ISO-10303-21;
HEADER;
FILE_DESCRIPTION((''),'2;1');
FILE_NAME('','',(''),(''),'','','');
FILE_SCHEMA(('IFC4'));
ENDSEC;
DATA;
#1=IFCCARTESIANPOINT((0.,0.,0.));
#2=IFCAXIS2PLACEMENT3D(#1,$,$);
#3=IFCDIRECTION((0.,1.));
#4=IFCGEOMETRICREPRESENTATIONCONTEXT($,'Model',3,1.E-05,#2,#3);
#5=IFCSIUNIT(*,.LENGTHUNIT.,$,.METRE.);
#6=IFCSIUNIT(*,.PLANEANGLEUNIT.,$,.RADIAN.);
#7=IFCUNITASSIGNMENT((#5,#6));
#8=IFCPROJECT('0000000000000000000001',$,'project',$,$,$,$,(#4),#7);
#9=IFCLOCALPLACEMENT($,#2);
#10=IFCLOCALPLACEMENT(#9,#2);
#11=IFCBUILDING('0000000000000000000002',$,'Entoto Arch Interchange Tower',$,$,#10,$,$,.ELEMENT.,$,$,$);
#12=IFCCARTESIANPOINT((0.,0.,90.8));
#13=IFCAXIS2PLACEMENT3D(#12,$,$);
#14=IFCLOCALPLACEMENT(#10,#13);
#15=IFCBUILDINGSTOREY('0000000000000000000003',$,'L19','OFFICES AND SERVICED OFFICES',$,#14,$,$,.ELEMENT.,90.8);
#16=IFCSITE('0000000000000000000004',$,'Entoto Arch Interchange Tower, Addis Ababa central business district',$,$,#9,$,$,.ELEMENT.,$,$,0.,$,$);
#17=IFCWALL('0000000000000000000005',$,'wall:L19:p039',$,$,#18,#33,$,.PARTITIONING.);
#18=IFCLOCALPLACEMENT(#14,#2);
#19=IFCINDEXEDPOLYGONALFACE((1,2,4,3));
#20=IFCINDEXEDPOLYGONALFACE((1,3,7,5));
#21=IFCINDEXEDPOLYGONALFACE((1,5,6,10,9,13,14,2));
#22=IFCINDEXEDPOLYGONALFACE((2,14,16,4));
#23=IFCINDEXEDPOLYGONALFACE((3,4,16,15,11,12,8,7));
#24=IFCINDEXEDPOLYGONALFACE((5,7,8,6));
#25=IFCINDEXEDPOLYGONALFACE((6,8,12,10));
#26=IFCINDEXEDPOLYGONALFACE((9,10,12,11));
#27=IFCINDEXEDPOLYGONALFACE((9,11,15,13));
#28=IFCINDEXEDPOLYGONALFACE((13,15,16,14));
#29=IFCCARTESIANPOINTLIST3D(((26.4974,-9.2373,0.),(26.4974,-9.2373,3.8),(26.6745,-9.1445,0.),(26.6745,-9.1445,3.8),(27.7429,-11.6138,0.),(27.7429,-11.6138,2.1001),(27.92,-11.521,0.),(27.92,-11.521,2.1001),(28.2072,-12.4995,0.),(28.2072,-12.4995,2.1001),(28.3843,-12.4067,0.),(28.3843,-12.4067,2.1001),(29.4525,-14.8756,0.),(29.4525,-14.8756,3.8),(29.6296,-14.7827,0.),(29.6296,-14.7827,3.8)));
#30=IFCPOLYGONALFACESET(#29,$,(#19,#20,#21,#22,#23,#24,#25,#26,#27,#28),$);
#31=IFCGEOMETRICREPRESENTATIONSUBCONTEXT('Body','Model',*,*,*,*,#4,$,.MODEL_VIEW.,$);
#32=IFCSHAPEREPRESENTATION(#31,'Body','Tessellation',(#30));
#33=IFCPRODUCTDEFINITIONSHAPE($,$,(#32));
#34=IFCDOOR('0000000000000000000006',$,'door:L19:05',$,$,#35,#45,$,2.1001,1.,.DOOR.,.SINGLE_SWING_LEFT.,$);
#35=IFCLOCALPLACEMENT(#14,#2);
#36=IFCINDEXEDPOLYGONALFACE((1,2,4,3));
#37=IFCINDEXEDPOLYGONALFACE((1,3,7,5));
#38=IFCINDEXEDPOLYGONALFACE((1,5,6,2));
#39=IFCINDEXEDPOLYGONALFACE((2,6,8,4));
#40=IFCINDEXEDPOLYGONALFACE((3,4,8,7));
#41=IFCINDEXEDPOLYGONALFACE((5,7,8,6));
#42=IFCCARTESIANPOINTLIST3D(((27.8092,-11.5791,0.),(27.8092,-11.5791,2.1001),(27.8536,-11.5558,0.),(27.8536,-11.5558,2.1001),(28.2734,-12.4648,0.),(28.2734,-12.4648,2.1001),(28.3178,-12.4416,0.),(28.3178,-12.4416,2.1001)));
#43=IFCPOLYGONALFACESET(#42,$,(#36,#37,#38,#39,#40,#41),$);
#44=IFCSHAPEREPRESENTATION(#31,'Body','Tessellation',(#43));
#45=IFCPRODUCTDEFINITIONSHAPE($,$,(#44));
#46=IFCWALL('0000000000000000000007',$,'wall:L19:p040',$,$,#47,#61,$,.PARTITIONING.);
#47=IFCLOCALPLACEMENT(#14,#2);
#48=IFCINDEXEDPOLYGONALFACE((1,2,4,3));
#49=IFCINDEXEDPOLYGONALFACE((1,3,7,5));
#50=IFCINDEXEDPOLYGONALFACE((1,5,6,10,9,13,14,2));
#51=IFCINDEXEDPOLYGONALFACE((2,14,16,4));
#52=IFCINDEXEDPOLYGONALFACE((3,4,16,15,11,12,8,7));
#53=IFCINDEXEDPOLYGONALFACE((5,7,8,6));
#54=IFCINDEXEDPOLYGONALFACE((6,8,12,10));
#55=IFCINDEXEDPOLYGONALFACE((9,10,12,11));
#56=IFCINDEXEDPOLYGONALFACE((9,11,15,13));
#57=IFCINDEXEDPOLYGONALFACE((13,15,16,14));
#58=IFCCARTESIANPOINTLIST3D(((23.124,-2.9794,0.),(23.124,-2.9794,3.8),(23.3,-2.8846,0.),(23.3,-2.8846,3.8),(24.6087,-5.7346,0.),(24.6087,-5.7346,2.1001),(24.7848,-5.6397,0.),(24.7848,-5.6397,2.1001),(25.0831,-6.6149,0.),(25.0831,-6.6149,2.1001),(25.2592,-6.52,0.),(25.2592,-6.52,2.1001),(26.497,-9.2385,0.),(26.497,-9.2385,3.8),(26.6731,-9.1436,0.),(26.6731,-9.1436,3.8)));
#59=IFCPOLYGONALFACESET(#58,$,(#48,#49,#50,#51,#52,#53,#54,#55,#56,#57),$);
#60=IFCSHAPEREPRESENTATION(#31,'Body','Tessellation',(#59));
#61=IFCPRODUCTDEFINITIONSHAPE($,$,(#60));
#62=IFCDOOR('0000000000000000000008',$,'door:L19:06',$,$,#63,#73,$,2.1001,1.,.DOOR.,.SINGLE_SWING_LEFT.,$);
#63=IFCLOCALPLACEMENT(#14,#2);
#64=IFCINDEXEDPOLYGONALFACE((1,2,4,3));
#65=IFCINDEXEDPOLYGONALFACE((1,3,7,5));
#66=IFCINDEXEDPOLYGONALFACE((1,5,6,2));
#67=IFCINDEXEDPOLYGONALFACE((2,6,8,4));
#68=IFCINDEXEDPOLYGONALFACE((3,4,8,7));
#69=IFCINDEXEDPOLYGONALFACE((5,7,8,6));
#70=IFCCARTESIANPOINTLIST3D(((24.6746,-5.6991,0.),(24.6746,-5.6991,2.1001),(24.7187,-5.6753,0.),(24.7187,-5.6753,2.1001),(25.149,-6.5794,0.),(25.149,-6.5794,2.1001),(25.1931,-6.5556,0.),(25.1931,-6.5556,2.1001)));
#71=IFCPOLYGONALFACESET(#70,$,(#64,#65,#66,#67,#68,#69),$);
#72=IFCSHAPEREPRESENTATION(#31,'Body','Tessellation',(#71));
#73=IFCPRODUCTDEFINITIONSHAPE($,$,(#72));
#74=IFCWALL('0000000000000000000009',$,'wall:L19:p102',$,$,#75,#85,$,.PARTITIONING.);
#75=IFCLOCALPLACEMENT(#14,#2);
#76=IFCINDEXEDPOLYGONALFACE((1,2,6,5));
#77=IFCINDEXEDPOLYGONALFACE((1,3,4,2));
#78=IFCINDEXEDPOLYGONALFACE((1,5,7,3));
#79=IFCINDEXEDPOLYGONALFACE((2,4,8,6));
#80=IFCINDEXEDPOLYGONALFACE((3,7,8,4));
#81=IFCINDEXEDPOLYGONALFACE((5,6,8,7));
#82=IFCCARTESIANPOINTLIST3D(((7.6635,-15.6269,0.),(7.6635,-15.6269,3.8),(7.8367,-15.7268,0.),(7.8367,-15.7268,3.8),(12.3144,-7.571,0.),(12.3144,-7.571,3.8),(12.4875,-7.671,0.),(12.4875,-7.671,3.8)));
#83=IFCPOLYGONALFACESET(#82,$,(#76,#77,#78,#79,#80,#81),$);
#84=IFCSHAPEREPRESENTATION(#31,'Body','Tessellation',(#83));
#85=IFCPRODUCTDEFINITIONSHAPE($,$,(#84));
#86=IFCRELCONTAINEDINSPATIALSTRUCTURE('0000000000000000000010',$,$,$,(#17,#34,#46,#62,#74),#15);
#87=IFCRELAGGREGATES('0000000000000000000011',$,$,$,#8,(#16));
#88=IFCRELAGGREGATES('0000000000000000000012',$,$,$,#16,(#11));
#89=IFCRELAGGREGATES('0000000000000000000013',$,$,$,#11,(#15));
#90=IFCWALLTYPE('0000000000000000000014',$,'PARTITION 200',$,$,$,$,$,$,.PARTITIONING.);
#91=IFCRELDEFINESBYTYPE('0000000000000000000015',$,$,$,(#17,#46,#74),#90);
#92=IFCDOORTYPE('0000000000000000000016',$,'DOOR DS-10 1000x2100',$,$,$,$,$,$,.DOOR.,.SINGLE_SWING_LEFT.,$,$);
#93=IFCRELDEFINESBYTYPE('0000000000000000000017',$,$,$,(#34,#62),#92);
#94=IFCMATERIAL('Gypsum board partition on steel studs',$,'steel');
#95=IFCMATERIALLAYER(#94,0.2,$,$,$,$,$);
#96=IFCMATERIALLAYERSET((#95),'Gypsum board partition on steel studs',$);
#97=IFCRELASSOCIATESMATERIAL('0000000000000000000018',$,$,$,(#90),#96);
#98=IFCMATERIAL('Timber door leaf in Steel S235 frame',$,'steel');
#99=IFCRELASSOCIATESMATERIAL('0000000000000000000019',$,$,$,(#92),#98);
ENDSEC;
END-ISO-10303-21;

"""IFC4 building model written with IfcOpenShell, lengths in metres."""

from ifc_helpers import new_model, si_unit, direction, frame, frame_2d, origin, place, context, subcontext, project, spatial, rectangle, extrude, material, layer, layer_set, type_object, element, fill, save


model = new_model("IFC4")

# Units and contexts
model_context = context("Model", 3, precision=1e-05, world=origin(), true_north=direction((0.0, 1.0)))
body_context = subcontext(model_context, "Body", "Model", "MODEL_VIEW")
ifc_project = project(units=[si_unit("LENGTHUNIT", "METRE"), si_unit("PLANEANGLEUNIT", "RADIAN")], contexts=[model_context])

# Site, building, storey
site_placement = place(None, origin())
site = spatial("IfcSite", under=ifc_project, at=site_placement, Name="Entoto Arch Interchange Tower, Addis Ababa central business district", CompositionType="ELEMENT", RefElevation=0.0)
building_placement = place(site_placement, origin())
building = spatial("IfcBuilding", under=site, at=building_placement, Name="Entoto Arch Interchange Tower", CompositionType="ELEMENT")
storey_placement = place(building_placement, frame((0.0, 0.0, 90.8)))
storey = spatial("IfcBuildingStorey", under=building, at=storey_placement, Name="L19", Description="OFFICES AND SERVICED OFFICES", CompositionType="ELEMENT", Elevation=90.8)

# Shared definitions
ifc_material_1 = material(Name="Gypsum board partition on steel studs", Category="steel")
ifc_layer_1 = layer(ifc_material_1, 0.2)
ifc_layer_set_1 = layer_set([ifc_layer_1], Name="Gypsum board partition on steel studs")
wall_type_1 = type_object("IfcWallType", Name="PARTITION 200", PredefinedType="PARTITIONING", material=ifc_layer_set_1)

# Shared definitions
ifc_material_2 = material(Name="Timber door leaf in Steel S235 frame", Category="steel")

# Walls, openings, doors
wall_1_placement = place(storey_placement, frame((26.5859, -9.1909, 0.0), z_axis=(0.0, 0.0, 1.0), x_axis=(0.464222, -0.885719, 0.0)))
wall_1 = element("IfcWall", 1, at=wall_1_placement, inside=storey, type_object=wall_type_1, Name="wall:L19:p039", PredefinedType="PARTITIONING", context=body_context, shape_type="SweptSolid", body=[
    extrude(rectangle(XDim=6.3657, YDim=0.2, at=frame_2d((3.1829, 0.0))), origin(), (0.0, 0.0, 1.0), 3.8),
])
opening_1_placement = place(wall_1_placement, frame((2.6831, 0.0, 0.0)))
opening_1 = element("IfcOpeningElement", 2, at=opening_1_placement, cuts=wall_1, PredefinedType="OPENING", context=body_context, shape_type="SweptSolid", body=[
    extrude(rectangle(XDim=1.0, YDim=2.1001, at=frame_2d((0.5, 1.05))), frame((0.0, 0.1099, 0.0), z_axis=(0.0, -1.0, 0.0), x_axis=(1.0, 0.0, 0.0)), (0.0, 0.0, 1.0), 0.22),
])
door_type_1 = type_object("IfcDoorType", Name="DOOR DS-10 1000x2100", OperationType="SINGLE_SWING_LEFT", PredefinedType="DOOR", material=ifc_material_2)
door_1_placement = place(opening_1_placement, origin())
door_1 = element("IfcDoor", 3, at=door_1_placement, inside=storey, type_object=door_type_1, Name="door:L19:05", OperationType="SINGLE_SWING_LEFT", OverallHeight=2.1001, OverallWidth=1.0, PredefinedType="DOOR", context=body_context, shape_type="SweptSolid", body=[
    extrude(rectangle(XDim=1.0, YDim=2.1001, at=frame_2d((0.5, 1.05))), frame((0.0, 0.0249, 0.0), z_axis=(0.0, -1.0, 0.0), x_axis=(1.0, 0.0, 0.0)), (0.0, 0.0, 1.0), 0.05),
])
fill(opening_1, door_1)
wall_2_placement = place(storey_placement, frame((23.2119, -2.9319, 0.0), z_axis=(0.0, 0.0, 1.0), x_axis=(0.474405, -0.880307, 0.0)))
wall_2 = element("IfcWall", 4, at=wall_2_placement, inside=storey, type_object=wall_type_1, Name="wall:L19:p040", PredefinedType="PARTITIONING", context=body_context, shape_type="SweptSolid", body=[
    extrude(rectangle(XDim=7.1101, YDim=0.2, at=frame_2d((3.5552, 0.0))), origin(), (0.0, 0.0, 1.0), 3.8),
])
opening_2_placement = place(wall_2_placement, frame((3.1299, 0.0, 0.0)))
opening_2 = element("IfcOpeningElement", 5, at=opening_2_placement, cuts=wall_2, PredefinedType="OPENING", context=body_context, shape_type="SweptSolid", body=[
    extrude(rectangle(XDim=1.0, YDim=2.1001, at=frame_2d((0.5, 1.05))), frame((0.0, 0.1099, 0.0), z_axis=(0.0, -1.0, 0.0), x_axis=(1.0, 0.0, 0.0)), (0.0, 0.0, 1.0), 0.22),
])
door_2_placement = place(opening_2_placement, origin())
door_2 = element("IfcDoor", 6, at=door_2_placement, inside=storey, type_object=door_type_1, Name="door:L19:06", OperationType="SINGLE_SWING_LEFT", OverallHeight=2.1001, OverallWidth=1.0, PredefinedType="DOOR", context=body_context, shape_type="SweptSolid", body=[
    extrude(rectangle(XDim=1.0, YDim=2.1001, at=frame_2d((0.5, 1.05))), frame((0.0, 0.0249, 0.0), z_axis=(0.0, -1.0, 0.0), x_axis=(1.0, 0.0, 0.0)), (0.0, 0.0, 1.0), 0.05),
])
fill(opening_2, door_2)

# Wall
wall_3_placement = place(storey_placement, frame((12.4009, -7.6211, 0.0), z_axis=(0.0, 0.0, 1.0), x_axis=(-0.499984, -0.866035, 0.0)))
element("IfcWall", 7, at=wall_3_placement, inside=storey, type_object=wall_type_1, Name="wall:L19:p102", PredefinedType="PARTITIONING", context=body_context, shape_type="SweptSolid", body=[
    extrude(rectangle(XDim=9.302, YDim=0.2, at=frame_2d((4.6509, 0.0))), origin(), (0.0, 0.0, 1.0), 3.8),
])

save(model, "model.ifc")
